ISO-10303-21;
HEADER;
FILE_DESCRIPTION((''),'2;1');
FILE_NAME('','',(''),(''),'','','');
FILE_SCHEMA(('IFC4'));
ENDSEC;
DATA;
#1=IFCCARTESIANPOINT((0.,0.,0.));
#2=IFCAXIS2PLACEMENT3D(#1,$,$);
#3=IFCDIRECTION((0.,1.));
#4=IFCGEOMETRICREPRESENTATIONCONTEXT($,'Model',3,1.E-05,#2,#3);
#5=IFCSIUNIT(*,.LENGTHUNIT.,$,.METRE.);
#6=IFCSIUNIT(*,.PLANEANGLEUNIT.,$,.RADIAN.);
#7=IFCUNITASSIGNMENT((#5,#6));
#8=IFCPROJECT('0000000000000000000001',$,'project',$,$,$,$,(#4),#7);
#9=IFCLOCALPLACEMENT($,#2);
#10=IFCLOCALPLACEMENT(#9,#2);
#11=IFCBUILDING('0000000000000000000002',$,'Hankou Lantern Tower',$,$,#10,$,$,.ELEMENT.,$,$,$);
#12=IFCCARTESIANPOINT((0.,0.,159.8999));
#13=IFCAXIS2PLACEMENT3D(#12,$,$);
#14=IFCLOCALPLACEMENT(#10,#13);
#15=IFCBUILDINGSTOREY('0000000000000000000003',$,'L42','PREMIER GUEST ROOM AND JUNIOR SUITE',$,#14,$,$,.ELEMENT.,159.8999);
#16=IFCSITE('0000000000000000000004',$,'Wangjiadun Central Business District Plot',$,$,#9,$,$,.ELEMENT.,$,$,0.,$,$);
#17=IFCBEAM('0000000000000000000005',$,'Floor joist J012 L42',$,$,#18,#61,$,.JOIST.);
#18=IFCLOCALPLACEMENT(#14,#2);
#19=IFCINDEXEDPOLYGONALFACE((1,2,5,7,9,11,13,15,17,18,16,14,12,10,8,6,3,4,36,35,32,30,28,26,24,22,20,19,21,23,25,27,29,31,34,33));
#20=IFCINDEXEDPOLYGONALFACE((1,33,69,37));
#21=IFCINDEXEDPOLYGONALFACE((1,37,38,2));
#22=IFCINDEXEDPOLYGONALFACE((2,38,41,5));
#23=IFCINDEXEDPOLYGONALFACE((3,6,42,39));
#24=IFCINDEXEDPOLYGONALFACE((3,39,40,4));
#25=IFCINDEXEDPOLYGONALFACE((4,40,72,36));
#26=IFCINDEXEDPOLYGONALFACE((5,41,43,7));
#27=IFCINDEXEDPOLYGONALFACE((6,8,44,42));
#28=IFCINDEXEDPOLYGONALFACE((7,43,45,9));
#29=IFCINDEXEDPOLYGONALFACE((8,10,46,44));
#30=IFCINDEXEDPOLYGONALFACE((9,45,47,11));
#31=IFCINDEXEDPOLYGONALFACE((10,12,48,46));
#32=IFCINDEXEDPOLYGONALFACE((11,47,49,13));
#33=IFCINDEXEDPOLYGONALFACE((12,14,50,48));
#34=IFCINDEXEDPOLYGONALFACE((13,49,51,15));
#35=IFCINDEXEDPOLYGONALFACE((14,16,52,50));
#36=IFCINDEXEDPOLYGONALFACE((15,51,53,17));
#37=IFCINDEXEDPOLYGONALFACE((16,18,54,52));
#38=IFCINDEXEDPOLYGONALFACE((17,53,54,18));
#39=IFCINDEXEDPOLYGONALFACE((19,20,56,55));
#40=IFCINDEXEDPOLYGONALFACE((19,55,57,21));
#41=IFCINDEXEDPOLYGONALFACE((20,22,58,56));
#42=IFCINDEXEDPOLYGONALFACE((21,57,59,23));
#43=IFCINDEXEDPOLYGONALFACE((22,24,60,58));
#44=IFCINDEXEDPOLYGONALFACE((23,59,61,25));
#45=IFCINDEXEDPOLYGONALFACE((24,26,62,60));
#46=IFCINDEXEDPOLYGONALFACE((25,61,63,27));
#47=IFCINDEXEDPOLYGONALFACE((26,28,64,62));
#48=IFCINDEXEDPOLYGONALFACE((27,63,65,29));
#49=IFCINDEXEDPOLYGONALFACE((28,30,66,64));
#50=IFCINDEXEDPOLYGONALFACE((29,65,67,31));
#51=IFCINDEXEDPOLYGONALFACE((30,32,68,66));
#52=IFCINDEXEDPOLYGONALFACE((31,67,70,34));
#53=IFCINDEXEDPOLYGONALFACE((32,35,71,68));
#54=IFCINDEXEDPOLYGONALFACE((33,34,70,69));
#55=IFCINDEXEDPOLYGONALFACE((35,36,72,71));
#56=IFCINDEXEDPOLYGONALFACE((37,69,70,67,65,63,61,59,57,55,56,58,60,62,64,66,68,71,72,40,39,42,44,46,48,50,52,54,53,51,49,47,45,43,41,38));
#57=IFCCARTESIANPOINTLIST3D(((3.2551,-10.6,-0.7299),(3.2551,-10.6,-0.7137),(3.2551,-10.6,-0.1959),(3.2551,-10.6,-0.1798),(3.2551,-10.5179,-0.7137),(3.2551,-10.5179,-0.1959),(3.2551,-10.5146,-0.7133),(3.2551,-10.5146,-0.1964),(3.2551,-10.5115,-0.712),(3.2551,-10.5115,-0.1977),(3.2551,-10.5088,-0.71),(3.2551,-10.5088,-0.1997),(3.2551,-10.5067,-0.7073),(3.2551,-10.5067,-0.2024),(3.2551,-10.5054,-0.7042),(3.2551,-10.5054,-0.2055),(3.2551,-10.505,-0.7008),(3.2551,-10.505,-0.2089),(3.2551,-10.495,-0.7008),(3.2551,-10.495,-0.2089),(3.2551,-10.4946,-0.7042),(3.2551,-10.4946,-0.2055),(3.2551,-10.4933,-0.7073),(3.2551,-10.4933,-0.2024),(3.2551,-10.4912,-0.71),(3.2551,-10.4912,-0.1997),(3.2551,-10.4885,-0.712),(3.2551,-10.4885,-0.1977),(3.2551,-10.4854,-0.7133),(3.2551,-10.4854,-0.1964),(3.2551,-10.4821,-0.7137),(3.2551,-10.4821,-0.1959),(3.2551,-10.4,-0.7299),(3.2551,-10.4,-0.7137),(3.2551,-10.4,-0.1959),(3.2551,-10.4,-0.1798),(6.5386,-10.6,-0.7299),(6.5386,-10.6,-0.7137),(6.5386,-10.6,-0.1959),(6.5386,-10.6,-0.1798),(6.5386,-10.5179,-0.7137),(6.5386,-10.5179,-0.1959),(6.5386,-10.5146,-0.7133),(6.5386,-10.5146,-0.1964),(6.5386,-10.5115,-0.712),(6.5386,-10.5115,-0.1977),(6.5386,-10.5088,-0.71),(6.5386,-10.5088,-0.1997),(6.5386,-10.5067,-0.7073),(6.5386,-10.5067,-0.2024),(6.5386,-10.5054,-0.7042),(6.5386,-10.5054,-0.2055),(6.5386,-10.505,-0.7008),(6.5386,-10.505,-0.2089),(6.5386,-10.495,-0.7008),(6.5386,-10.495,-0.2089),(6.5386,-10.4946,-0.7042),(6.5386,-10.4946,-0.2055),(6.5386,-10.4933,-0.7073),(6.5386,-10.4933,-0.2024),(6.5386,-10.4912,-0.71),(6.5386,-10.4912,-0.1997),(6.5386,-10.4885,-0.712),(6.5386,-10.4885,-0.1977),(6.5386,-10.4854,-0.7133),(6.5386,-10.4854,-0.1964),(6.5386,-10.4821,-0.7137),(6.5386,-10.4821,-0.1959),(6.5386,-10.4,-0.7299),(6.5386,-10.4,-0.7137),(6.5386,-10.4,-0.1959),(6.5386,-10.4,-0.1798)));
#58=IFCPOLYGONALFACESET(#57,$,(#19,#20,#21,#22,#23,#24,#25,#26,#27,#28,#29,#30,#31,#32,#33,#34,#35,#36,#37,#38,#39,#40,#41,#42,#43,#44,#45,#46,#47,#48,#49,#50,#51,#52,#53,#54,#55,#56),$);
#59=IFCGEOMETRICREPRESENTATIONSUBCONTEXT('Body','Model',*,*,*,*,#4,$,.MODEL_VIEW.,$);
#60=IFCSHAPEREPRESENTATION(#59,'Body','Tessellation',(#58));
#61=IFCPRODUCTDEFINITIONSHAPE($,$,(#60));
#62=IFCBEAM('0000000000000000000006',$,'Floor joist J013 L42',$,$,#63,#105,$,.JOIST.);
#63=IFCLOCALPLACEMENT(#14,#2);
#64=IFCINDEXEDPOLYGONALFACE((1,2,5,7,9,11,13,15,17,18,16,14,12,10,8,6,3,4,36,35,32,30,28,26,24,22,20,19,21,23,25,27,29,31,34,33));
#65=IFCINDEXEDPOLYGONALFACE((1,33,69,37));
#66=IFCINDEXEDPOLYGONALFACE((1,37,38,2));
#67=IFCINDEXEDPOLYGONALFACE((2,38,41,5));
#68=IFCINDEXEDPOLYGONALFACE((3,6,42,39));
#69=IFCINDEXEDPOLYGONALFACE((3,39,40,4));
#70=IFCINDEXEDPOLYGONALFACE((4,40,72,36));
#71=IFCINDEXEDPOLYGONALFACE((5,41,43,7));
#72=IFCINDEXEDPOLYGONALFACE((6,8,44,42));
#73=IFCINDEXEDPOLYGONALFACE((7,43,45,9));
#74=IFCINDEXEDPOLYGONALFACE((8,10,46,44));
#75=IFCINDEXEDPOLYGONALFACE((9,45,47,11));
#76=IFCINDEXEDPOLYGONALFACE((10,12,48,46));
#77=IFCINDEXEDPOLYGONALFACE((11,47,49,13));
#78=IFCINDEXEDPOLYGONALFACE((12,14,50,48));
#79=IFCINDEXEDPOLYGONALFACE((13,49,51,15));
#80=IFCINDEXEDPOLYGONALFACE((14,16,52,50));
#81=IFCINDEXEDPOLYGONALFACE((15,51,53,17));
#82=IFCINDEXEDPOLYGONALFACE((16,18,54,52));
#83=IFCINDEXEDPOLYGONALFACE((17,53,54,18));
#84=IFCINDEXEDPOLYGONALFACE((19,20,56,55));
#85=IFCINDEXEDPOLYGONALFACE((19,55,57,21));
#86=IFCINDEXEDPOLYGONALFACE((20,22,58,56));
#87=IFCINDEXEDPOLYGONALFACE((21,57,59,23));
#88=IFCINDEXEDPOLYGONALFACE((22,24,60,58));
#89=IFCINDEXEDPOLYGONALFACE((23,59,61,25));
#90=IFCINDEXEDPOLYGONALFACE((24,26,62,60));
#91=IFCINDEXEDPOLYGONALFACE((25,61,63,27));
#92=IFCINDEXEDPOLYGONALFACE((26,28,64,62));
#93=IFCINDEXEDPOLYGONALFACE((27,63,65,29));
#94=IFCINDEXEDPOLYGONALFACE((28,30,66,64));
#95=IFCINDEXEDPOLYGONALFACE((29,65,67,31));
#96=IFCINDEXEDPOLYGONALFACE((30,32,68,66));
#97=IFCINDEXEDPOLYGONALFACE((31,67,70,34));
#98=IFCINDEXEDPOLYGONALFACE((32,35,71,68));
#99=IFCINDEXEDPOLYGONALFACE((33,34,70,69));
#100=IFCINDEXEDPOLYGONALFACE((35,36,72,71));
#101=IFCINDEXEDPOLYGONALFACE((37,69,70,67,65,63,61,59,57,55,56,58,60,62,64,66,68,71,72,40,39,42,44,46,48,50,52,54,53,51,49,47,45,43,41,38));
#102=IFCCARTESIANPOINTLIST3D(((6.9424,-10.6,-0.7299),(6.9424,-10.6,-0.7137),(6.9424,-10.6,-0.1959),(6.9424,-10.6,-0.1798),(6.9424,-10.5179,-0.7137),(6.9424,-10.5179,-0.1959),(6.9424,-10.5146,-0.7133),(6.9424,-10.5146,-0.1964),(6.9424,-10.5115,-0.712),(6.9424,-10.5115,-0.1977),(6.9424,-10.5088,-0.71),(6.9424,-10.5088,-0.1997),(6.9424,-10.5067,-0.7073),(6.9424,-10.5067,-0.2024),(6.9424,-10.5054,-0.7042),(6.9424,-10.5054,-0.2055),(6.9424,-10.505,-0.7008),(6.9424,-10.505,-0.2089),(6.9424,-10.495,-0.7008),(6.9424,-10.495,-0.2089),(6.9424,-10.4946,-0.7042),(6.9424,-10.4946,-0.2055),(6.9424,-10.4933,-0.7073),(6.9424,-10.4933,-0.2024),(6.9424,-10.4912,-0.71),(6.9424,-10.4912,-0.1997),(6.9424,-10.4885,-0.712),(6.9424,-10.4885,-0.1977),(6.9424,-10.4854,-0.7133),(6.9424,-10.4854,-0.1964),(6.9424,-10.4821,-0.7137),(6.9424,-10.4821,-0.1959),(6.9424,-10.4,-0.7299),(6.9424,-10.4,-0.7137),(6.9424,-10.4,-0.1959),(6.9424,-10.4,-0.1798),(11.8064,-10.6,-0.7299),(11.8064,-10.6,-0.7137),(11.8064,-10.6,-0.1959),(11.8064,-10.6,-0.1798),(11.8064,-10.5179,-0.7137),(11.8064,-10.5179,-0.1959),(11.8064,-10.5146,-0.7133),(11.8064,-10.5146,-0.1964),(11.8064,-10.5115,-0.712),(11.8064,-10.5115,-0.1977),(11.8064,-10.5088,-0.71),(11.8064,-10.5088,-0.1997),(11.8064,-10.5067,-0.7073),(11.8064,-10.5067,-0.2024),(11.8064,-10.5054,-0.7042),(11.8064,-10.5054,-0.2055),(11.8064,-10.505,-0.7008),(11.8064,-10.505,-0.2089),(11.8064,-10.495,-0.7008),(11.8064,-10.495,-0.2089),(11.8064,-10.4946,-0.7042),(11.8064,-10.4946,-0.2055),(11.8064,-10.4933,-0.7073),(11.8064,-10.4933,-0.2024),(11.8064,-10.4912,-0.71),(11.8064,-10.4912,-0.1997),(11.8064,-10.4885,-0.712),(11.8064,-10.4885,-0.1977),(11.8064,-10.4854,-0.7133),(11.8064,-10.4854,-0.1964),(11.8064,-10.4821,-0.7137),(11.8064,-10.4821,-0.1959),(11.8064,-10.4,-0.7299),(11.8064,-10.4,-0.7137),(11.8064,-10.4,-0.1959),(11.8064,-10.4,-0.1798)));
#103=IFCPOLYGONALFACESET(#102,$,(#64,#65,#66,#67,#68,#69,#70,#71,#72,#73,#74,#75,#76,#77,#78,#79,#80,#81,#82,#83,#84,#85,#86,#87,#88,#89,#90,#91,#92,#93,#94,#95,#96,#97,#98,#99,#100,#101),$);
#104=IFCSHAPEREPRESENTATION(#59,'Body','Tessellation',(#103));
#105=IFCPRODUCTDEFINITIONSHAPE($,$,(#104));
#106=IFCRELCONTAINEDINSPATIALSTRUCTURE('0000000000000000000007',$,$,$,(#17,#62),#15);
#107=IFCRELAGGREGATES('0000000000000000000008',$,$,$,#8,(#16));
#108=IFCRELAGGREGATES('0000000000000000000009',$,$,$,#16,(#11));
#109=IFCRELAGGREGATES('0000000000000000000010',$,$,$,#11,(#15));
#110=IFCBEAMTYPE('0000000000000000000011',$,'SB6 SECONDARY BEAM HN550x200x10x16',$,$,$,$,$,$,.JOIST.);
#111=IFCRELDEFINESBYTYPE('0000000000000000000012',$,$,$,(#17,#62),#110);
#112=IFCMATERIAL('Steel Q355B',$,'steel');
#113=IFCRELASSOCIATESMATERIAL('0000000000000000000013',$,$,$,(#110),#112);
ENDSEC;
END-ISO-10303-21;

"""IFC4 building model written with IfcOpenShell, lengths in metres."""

from ifc_helpers import new_model, si_unit, direction, frame, origin, origin_2d, place, context, subcontext, project, spatial, i_section, extrude, material, material_profile, profile_set, type_object, element, save


model = new_model("IFC4")

# Units and contexts
model_context = context("Model", 3, precision=1e-05, world=origin(), true_north=direction((0.0, 1.0)))
body_context = subcontext(model_context, "Body", "Model", "MODEL_VIEW")
ifc_project = project(units=[si_unit("LENGTHUNIT", "METRE"), si_unit("PLANEANGLEUNIT", "RADIAN")], contexts=[model_context])

# Site, building, storey
site_placement = place(None, origin())
site = spatial("IfcSite", under=ifc_project, at=site_placement, Name="Wangjiadun Central Business District Plot", CompositionType="ELEMENT", RefElevation=0.0)
building_placement = place(site_placement, origin())
building = spatial("IfcBuilding", under=site, at=building_placement, Name="Hankou Lantern Tower", CompositionType="ELEMENT")
storey_placement = place(building_placement, frame((0.0, 0.0, 159.8999)))
storey = spatial("IfcBuildingStorey", under=building, at=storey_placement, Name="L42", Description="PREMIER GUEST ROOM AND JUNIOR SUITE", CompositionType="ELEMENT", Elevation=159.8999)

# Beams
ifc_material_1 = material(Name="Steel Q355B", Category="steel")
ifc_material_profile_1 = material_profile(ifc_material_1, i_section(OverallWidth=0.2, OverallDepth=0.55, WebThickness=0.01, FlangeThickness=0.0161, FilletRadius=0.0129, at=origin_2d()), Name="HN550x200x10x16")
ifc_profile_set_1 = profile_set([ifc_material_profile_1], Name="Steel Q355B")
beam_type_1 = type_object("IfcBeamType", Name="SB6 SECONDARY BEAM HN550x200x10x16", PredefinedType="JOIST", material=ifc_profile_set_1)
beam_1_placement = place(storey_placement, frame((3.2551, -10.5, -0.4548), z_axis=(1.0, 0.0, 0.0), x_axis=(0.0, 1.0, 0.0)))
element("IfcBeam", 1, at=beam_1_placement, inside=storey, type_object=beam_type_1, Name="Floor joist J012 L42", PredefinedType="JOIST", context=body_context, shape_type="SweptSolid", body=[
    extrude(i_section(OverallWidth=0.2, OverallDepth=0.55, WebThickness=0.01, FlangeThickness=0.0161, FilletRadius=0.0129, at=origin_2d()), origin(), (0.0, 0.0, 1.0), 3.2834),
])
beam_2_placement = place(storey_placement, frame((6.9424, -10.5, -0.4548), z_axis=(1.0, 0.0, 0.0), x_axis=(0.0, 1.0, 0.0)))
element("IfcBeam", 2, at=beam_2_placement, inside=storey, type_object=beam_type_1, Name="Floor joist J013 L42", PredefinedType="JOIST", context=body_context, shape_type="SweptSolid", body=[
    extrude(i_section(OverallWidth=0.2, OverallDepth=0.55, WebThickness=0.01, FlangeThickness=0.0161, FilletRadius=0.0129, at=origin_2d()), origin(), (0.0, 0.0, 1.0), 4.864),
])

save(model, "model.ifc")
